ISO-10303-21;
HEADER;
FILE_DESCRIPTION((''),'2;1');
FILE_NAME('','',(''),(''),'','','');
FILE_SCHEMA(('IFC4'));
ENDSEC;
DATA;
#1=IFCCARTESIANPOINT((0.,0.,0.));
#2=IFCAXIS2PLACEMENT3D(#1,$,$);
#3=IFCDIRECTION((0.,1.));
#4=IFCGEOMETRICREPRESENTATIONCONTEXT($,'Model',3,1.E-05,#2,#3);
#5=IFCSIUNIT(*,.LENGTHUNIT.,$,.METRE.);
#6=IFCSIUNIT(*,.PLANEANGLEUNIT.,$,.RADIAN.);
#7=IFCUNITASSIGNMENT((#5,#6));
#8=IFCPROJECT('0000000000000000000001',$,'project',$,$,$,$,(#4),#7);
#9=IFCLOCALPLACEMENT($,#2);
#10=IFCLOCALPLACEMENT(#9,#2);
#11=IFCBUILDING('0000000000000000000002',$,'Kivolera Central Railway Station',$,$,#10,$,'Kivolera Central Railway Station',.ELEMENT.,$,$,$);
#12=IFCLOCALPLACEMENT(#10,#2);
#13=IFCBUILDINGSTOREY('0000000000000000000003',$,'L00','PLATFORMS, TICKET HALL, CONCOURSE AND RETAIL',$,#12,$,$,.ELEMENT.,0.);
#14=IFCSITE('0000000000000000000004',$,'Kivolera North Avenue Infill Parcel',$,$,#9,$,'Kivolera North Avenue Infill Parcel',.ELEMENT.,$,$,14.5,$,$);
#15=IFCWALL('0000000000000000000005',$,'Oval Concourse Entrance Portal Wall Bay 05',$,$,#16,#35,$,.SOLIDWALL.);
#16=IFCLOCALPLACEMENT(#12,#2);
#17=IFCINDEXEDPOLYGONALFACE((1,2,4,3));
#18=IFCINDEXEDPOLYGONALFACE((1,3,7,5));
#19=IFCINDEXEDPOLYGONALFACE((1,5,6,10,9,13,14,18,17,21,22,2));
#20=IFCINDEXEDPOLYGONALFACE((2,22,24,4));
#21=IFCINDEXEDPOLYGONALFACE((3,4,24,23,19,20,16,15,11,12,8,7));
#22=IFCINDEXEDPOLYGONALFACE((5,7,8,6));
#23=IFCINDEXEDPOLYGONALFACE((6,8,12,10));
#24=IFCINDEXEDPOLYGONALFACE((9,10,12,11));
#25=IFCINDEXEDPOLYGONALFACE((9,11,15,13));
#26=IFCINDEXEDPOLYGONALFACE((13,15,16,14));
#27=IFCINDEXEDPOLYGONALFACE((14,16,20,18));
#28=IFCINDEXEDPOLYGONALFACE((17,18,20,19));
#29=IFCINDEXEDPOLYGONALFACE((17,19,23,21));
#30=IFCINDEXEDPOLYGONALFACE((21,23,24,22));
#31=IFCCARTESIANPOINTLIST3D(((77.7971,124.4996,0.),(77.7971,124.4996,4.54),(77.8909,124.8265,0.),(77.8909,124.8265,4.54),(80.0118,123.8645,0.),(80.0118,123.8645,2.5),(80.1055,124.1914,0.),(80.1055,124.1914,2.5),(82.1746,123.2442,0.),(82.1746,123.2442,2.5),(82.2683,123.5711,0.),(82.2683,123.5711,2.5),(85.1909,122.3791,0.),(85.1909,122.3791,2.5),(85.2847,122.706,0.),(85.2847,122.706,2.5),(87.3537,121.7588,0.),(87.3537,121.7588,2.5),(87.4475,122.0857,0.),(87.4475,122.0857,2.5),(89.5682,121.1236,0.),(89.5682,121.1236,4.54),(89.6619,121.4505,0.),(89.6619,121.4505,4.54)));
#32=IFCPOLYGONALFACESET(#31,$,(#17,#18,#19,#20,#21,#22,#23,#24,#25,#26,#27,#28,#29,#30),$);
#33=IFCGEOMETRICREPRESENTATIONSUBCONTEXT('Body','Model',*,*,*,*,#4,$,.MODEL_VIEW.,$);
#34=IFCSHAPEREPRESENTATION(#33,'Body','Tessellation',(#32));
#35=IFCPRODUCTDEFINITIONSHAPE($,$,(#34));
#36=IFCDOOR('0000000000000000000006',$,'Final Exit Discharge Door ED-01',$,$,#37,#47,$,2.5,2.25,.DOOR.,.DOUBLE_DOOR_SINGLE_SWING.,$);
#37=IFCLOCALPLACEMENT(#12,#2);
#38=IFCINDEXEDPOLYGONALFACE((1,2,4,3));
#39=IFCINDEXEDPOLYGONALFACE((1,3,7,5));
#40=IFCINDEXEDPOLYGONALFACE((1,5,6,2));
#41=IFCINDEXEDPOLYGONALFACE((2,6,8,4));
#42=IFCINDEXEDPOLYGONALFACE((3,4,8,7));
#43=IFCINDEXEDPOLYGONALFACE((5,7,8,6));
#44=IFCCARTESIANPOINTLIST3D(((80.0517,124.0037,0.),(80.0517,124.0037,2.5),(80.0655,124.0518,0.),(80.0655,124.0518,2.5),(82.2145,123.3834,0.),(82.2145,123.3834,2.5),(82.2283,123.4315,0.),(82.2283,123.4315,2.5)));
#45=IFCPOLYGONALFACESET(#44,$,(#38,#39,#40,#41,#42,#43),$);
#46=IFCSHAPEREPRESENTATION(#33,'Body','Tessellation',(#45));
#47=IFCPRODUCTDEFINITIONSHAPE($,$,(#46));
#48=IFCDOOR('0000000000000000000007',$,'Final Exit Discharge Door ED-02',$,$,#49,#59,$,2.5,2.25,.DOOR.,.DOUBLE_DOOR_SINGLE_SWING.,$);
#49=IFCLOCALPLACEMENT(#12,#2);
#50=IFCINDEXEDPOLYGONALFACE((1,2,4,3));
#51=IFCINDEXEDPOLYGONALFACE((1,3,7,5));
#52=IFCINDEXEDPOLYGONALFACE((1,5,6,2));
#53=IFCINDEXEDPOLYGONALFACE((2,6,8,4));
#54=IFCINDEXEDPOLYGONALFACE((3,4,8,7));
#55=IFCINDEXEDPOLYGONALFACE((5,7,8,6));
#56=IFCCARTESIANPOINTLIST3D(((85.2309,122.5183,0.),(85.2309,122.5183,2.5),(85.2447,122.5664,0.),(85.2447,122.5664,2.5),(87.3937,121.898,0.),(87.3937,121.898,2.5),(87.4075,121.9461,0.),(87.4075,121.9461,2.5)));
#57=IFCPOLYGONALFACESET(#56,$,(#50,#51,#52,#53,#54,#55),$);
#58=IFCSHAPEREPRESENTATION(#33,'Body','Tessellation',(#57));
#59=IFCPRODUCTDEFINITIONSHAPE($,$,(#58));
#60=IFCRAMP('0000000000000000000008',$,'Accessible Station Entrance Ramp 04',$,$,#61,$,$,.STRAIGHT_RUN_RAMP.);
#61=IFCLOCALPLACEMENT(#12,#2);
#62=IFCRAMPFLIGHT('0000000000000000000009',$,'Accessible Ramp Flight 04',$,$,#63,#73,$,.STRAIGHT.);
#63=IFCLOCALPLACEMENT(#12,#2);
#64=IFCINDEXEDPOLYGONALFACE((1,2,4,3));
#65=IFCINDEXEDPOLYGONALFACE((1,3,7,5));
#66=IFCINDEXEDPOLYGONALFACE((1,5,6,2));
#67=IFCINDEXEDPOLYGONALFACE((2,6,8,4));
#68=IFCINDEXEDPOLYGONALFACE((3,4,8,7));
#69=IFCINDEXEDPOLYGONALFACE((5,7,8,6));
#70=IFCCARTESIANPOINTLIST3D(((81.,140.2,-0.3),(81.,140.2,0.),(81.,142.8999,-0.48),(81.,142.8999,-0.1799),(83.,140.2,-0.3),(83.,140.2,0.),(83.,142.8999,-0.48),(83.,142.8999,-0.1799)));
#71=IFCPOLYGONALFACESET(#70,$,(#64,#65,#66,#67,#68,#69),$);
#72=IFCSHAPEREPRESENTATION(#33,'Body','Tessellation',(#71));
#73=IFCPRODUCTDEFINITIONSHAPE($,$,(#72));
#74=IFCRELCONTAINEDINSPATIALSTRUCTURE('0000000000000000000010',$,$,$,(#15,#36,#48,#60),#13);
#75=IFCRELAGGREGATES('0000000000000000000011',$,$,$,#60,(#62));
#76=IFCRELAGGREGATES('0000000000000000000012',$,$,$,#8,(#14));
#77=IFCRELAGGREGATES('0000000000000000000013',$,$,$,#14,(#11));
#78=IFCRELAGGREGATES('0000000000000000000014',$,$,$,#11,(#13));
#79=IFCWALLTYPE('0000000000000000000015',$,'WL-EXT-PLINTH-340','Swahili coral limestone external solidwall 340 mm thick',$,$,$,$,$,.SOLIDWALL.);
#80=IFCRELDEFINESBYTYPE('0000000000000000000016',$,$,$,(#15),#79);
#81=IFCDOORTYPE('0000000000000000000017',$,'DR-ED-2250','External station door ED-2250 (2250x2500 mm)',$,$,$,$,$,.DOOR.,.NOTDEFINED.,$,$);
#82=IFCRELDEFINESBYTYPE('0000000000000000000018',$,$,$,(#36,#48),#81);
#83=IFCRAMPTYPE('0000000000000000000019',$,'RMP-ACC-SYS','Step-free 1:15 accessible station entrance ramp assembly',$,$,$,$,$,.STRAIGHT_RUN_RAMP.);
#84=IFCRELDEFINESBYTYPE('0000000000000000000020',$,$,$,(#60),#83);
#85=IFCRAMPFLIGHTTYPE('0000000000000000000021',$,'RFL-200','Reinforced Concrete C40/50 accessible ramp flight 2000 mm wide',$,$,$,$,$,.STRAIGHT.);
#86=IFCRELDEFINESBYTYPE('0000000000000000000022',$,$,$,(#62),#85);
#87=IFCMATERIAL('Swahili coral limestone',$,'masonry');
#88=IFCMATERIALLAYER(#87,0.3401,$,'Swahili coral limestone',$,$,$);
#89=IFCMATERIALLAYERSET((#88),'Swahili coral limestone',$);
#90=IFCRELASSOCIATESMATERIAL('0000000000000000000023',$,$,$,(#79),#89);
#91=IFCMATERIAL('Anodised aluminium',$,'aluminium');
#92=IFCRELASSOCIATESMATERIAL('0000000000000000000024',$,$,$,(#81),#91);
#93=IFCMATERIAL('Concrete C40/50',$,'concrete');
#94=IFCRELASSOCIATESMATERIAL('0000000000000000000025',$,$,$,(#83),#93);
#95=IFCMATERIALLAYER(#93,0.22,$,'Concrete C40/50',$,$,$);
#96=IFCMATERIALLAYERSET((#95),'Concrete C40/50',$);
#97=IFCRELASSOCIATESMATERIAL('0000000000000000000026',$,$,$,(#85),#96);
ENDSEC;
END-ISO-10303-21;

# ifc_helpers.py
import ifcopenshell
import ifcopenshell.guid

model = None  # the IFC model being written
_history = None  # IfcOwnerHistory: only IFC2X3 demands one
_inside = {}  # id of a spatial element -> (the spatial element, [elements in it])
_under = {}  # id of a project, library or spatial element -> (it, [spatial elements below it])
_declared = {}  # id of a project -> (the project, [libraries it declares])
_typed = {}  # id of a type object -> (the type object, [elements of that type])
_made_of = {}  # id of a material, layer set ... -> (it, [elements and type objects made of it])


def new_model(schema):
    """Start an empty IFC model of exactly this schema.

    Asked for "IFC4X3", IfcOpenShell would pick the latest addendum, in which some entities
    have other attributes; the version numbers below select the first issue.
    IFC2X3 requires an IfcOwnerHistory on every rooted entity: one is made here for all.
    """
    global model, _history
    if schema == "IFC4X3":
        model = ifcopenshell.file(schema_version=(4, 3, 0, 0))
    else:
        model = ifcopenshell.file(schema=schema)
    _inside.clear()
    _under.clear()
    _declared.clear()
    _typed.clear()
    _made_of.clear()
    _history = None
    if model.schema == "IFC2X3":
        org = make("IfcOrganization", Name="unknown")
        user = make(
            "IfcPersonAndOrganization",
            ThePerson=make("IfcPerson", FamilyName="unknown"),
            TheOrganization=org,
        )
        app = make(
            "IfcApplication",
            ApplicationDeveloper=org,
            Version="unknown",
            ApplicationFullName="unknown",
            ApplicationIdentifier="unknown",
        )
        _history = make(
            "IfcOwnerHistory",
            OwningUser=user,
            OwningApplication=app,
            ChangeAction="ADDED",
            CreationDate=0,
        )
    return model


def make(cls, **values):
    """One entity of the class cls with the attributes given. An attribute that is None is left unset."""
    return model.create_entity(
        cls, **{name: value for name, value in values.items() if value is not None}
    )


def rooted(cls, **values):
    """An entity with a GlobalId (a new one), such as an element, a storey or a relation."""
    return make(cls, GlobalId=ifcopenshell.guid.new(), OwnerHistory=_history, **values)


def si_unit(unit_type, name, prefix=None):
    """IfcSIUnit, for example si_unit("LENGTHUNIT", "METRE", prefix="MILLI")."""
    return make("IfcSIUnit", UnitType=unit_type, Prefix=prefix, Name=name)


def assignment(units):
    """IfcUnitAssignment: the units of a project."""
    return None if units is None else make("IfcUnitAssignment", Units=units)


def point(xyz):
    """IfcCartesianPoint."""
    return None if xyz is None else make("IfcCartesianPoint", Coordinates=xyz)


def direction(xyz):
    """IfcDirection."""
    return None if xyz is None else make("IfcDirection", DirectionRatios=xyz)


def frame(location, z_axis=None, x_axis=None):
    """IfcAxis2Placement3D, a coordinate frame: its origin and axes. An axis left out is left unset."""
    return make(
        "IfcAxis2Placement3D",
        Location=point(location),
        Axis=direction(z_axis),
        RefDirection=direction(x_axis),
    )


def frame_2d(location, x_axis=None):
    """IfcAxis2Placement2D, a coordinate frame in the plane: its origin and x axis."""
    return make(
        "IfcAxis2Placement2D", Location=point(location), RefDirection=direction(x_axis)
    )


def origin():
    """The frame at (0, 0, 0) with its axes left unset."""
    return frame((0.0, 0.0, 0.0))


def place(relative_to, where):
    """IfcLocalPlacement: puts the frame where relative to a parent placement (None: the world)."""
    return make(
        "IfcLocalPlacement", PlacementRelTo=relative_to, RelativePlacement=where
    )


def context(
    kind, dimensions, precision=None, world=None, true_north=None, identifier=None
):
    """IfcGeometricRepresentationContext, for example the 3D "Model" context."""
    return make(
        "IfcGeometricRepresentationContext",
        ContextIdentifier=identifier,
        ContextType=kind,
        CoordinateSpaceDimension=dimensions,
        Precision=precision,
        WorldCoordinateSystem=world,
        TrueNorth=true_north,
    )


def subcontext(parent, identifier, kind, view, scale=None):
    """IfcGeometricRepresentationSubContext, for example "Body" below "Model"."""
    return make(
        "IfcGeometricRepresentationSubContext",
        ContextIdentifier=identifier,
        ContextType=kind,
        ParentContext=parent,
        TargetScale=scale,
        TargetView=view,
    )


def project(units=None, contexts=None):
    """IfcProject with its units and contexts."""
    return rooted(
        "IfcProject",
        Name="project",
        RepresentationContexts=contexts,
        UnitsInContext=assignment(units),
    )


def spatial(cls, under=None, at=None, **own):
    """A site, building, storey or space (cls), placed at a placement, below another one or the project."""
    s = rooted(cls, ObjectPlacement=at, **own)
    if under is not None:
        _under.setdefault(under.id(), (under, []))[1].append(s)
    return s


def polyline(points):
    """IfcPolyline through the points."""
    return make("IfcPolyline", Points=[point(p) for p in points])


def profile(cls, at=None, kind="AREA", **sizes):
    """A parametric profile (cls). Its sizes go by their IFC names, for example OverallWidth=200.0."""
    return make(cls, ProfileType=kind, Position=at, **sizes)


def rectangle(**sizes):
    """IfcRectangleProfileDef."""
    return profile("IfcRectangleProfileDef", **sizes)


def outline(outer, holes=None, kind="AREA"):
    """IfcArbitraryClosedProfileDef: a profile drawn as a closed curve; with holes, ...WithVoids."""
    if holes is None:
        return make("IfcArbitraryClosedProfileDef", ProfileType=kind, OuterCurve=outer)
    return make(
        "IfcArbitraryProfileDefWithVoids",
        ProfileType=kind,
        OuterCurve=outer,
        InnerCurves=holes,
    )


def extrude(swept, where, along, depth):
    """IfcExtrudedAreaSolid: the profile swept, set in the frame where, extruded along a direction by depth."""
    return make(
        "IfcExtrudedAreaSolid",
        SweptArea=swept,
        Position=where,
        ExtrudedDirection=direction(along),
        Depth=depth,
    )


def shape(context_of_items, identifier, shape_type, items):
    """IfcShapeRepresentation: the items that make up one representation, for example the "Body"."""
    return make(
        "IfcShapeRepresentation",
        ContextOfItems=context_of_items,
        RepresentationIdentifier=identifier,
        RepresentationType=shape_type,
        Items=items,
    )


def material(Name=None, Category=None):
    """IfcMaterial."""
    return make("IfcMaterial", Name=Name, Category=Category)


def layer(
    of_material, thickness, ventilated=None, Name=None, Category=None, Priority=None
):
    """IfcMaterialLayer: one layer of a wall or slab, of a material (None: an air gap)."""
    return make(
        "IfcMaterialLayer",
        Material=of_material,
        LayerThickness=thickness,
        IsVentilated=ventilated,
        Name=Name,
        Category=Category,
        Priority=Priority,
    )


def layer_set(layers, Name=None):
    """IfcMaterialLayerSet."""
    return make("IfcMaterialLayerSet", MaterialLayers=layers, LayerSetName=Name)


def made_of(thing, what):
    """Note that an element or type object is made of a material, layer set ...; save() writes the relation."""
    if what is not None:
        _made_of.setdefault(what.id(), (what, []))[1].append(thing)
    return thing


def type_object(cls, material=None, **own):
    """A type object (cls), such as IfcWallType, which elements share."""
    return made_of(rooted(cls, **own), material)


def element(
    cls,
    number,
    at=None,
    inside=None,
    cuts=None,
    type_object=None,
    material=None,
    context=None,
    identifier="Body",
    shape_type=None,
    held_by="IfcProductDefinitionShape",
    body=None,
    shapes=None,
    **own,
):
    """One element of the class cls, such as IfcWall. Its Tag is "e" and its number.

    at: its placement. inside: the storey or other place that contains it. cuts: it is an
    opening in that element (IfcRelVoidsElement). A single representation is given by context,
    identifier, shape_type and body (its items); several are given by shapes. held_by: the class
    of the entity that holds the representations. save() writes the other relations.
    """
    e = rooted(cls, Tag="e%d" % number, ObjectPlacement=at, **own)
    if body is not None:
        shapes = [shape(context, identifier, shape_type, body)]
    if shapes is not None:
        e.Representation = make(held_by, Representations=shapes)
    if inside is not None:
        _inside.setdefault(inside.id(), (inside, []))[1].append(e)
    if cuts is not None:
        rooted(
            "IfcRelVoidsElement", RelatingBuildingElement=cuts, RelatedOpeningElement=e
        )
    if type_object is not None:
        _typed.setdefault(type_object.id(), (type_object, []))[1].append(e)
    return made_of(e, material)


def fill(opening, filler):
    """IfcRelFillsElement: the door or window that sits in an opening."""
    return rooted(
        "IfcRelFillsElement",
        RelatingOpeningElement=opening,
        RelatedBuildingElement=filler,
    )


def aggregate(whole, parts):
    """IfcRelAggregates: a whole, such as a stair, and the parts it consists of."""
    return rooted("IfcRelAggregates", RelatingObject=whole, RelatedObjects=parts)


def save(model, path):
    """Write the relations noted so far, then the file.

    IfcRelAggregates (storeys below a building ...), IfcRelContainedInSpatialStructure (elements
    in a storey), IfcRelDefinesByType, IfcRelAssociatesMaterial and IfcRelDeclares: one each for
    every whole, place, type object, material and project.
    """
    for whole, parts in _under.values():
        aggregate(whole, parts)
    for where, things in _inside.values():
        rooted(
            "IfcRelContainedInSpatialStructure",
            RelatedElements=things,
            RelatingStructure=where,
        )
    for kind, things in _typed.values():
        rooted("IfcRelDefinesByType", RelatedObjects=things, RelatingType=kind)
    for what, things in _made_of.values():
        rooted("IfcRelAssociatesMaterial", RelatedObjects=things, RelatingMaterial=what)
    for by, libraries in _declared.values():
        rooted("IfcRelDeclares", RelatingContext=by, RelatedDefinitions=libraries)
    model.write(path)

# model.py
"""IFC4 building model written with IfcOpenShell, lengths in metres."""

from ifc_helpers import new_model, si_unit, direction, frame, frame_2d, origin, place, context, subcontext, project, spatial, polyline, rectangle, outline, extrude, material, layer, layer_set, type_object, element, fill, aggregate, save


model = new_model("IFC4")

# Units and contexts
model_context = context("Model", 3, precision=1e-05, world=origin(), true_north=direction((0.0, 1.0)))
body_context = subcontext(model_context, "Body", "Model", "MODEL_VIEW")
ifc_project = project(units=[si_unit("LENGTHUNIT", "METRE"), si_unit("PLANEANGLEUNIT", "RADIAN")], contexts=[model_context])

# Site, building, storey
site_placement = place(None, origin())
site = spatial("IfcSite", under=ifc_project, at=site_placement, Name="Kivolera North Avenue Infill Parcel", LongName="Kivolera North Avenue Infill Parcel", CompositionType="ELEMENT", RefElevation=14.5)
building_placement = place(site_placement, origin())
building = spatial("IfcBuilding", under=site, at=building_placement, Name="Kivolera Central Railway Station", LongName="Kivolera Central Railway Station", CompositionType="ELEMENT")
storey_placement = place(building_placement, origin())
storey = spatial("IfcBuildingStorey", under=building, at=storey_placement, Name="L00", Description="PLATFORMS, TICKET HALL, CONCOURSE AND RETAIL", CompositionType="ELEMENT", Elevation=0.0)

# Shared definitions
ifc_material_1 = material(Name="Concrete C40/50", Category="concrete")

# Wall, openings, doors
ifc_material_2 = material(Name="Swahili coral limestone", Category="masonry")
ifc_layer_1 = layer(ifc_material_2, 0.3401, Name="Swahili coral limestone")
ifc_layer_set_1 = layer_set([ifc_layer_1], Name="Swahili coral limestone")
wall_type = type_object("IfcWallType", Name="WL-EXT-PLINTH-340", Description="Swahili coral limestone external solidwall 340 mm thick", PredefinedType="SOLIDWALL", material=ifc_layer_set_1)
wall_placement = place(storey_placement, frame((77.844, 124.6631, 0.0), z_axis=(0.0, 0.0, 1.0), x_axis=(0.961247, -0.27569, 0.0)))
wall = element("IfcWall", 1, at=wall_placement, inside=storey, type_object=wall_type, Name="Oval Concourse Entrance Portal Wall Bay 05", PredefinedType="SOLIDWALL", context=body_context, shape_type="SweptSolid", body=[
    extrude(rectangle(XDim=12.2456, YDim=0.3401, at=frame_2d((6.1228, 0.0))), origin(), (0.0, 0.0, 1.0), 4.54),
])
opening_1_placement = place(wall_placement, frame((2.304, 0.0, 0.0)))
opening_1 = element("IfcOpeningElement", 2, at=opening_1_placement, cuts=wall, PredefinedType="OPENING", context=body_context, shape_type="SweptSolid", body=[
    extrude(rectangle(XDim=2.25, YDim=2.5, at=frame_2d((1.125, 1.25))), frame((0.0, 0.1799, 0.0), z_axis=(0.0, -1.0, 0.0), x_axis=(1.0, 0.0, 0.0)), (0.0, 0.0, 1.0), 0.3601),
])
opening_2_placement = place(wall_placement, frame((7.6919, 0.0, 0.0)))
opening_2 = element("IfcOpeningElement", 3, at=opening_2_placement, cuts=wall, PredefinedType="OPENING", context=body_context, shape_type="SweptSolid", body=[
    extrude(rectangle(XDim=2.25, YDim=2.5, at=frame_2d((1.125, 1.25))), frame((0.0, 0.1799, 0.0), z_axis=(0.0, -1.0, 0.0), x_axis=(1.0, 0.0, 0.0)), (0.0, 0.0, 1.0), 0.3601),
])
ifc_material_3 = material(Name="Anodised aluminium", Category="aluminium")
door_type = type_object("IfcDoorType", Name="DR-ED-2250", Description="External station door ED-2250 (2250x2500 mm)", OperationType="NOTDEFINED", PredefinedType="DOOR", material=ifc_material_3)
door_1_placement = place(opening_1_placement, origin())
door_1 = element("IfcDoor", 4, at=door_1_placement, inside=storey, type_object=door_type, Name="Final Exit Discharge Door ED-01", OperationType="DOUBLE_DOOR_SINGLE_SWING", OverallHeight=2.5, OverallWidth=2.25, PredefinedType="DOOR", context=body_context, shape_type="SweptSolid", body=[
    extrude(rectangle(XDim=2.25, YDim=2.5, at=frame_2d((1.125, 1.25))), frame((0.0, 0.0249, 0.0), z_axis=(0.0, -1.0, 0.0), x_axis=(1.0, 0.0, 0.0)), (0.0, 0.0, 1.0), 0.05),
])
fill(opening_1, door_1)
door_2_placement = place(opening_2_placement, origin())
door_2 = element("IfcDoor", 5, at=door_2_placement, inside=storey, type_object=door_type, Name="Final Exit Discharge Door ED-02", OperationType="DOUBLE_DOOR_SINGLE_SWING", OverallHeight=2.5, OverallWidth=2.25, PredefinedType="DOOR", context=body_context, shape_type="SweptSolid", body=[
    extrude(rectangle(XDim=2.25, YDim=2.5, at=frame_2d((1.125, 1.25))), frame((0.0, 0.0249, 0.0), z_axis=(0.0, -1.0, 0.0), x_axis=(1.0, 0.0, 0.0)), (0.0, 0.0, 1.0), 0.05),
])
fill(opening_2, door_2)

# Ramp, ramp flight
ramp_type = type_object("IfcRampType", Name="RMP-ACC-SYS", Description="Step-free 1:15 accessible station entrance ramp assembly", PredefinedType="STRAIGHT_RUN_RAMP", material=ifc_material_1)
ramp_placement = place(storey_placement, origin())
ramp = element("IfcRamp", 6, at=ramp_placement, inside=storey, type_object=ramp_type, Name="Accessible Station Entrance Ramp 04", PredefinedType="STRAIGHT_RUN_RAMP")
ifc_layer_2 = layer(ifc_material_1, 0.22, Name="Concrete C40/50")
ifc_layer_set_2 = layer_set([ifc_layer_2], Name="Concrete C40/50")
ramp_flight_type = type_object("IfcRampFlightType", Name="RFL-200", Description="Reinforced Concrete C40/50 accessible ramp flight 2000 mm wide", PredefinedType="STRAIGHT", material=ifc_layer_set_2)
ramp_flight_placement = place(storey_placement, frame((82.0, 142.8999, -0.1799), z_axis=(0.0, 0.0, 1.0), x_axis=(0.0, -1.0, 0.0)))
ramp_flight = element("IfcRampFlight", 7, at=ramp_flight_placement, type_object=ramp_flight_type, Name="Accessible Ramp Flight 04", PredefinedType="STRAIGHT", context=body_context, shape_type="SweptSolid", body=[
    extrude(outline(polyline([(0.0, -0.3), (2.7, -0.1201), (2.7, 0.1799), (0.0, 0.0), (0.0, -0.3)])), frame((0.0, 1.0, 0.0), z_axis=(0.0, -1.0, 0.0), x_axis=(1.0, 0.0, 0.0)), (0.0, 0.0, 1.0), 2.0),
])
aggregate(ramp, [ramp_flight])

save(model, "model.ifc")
